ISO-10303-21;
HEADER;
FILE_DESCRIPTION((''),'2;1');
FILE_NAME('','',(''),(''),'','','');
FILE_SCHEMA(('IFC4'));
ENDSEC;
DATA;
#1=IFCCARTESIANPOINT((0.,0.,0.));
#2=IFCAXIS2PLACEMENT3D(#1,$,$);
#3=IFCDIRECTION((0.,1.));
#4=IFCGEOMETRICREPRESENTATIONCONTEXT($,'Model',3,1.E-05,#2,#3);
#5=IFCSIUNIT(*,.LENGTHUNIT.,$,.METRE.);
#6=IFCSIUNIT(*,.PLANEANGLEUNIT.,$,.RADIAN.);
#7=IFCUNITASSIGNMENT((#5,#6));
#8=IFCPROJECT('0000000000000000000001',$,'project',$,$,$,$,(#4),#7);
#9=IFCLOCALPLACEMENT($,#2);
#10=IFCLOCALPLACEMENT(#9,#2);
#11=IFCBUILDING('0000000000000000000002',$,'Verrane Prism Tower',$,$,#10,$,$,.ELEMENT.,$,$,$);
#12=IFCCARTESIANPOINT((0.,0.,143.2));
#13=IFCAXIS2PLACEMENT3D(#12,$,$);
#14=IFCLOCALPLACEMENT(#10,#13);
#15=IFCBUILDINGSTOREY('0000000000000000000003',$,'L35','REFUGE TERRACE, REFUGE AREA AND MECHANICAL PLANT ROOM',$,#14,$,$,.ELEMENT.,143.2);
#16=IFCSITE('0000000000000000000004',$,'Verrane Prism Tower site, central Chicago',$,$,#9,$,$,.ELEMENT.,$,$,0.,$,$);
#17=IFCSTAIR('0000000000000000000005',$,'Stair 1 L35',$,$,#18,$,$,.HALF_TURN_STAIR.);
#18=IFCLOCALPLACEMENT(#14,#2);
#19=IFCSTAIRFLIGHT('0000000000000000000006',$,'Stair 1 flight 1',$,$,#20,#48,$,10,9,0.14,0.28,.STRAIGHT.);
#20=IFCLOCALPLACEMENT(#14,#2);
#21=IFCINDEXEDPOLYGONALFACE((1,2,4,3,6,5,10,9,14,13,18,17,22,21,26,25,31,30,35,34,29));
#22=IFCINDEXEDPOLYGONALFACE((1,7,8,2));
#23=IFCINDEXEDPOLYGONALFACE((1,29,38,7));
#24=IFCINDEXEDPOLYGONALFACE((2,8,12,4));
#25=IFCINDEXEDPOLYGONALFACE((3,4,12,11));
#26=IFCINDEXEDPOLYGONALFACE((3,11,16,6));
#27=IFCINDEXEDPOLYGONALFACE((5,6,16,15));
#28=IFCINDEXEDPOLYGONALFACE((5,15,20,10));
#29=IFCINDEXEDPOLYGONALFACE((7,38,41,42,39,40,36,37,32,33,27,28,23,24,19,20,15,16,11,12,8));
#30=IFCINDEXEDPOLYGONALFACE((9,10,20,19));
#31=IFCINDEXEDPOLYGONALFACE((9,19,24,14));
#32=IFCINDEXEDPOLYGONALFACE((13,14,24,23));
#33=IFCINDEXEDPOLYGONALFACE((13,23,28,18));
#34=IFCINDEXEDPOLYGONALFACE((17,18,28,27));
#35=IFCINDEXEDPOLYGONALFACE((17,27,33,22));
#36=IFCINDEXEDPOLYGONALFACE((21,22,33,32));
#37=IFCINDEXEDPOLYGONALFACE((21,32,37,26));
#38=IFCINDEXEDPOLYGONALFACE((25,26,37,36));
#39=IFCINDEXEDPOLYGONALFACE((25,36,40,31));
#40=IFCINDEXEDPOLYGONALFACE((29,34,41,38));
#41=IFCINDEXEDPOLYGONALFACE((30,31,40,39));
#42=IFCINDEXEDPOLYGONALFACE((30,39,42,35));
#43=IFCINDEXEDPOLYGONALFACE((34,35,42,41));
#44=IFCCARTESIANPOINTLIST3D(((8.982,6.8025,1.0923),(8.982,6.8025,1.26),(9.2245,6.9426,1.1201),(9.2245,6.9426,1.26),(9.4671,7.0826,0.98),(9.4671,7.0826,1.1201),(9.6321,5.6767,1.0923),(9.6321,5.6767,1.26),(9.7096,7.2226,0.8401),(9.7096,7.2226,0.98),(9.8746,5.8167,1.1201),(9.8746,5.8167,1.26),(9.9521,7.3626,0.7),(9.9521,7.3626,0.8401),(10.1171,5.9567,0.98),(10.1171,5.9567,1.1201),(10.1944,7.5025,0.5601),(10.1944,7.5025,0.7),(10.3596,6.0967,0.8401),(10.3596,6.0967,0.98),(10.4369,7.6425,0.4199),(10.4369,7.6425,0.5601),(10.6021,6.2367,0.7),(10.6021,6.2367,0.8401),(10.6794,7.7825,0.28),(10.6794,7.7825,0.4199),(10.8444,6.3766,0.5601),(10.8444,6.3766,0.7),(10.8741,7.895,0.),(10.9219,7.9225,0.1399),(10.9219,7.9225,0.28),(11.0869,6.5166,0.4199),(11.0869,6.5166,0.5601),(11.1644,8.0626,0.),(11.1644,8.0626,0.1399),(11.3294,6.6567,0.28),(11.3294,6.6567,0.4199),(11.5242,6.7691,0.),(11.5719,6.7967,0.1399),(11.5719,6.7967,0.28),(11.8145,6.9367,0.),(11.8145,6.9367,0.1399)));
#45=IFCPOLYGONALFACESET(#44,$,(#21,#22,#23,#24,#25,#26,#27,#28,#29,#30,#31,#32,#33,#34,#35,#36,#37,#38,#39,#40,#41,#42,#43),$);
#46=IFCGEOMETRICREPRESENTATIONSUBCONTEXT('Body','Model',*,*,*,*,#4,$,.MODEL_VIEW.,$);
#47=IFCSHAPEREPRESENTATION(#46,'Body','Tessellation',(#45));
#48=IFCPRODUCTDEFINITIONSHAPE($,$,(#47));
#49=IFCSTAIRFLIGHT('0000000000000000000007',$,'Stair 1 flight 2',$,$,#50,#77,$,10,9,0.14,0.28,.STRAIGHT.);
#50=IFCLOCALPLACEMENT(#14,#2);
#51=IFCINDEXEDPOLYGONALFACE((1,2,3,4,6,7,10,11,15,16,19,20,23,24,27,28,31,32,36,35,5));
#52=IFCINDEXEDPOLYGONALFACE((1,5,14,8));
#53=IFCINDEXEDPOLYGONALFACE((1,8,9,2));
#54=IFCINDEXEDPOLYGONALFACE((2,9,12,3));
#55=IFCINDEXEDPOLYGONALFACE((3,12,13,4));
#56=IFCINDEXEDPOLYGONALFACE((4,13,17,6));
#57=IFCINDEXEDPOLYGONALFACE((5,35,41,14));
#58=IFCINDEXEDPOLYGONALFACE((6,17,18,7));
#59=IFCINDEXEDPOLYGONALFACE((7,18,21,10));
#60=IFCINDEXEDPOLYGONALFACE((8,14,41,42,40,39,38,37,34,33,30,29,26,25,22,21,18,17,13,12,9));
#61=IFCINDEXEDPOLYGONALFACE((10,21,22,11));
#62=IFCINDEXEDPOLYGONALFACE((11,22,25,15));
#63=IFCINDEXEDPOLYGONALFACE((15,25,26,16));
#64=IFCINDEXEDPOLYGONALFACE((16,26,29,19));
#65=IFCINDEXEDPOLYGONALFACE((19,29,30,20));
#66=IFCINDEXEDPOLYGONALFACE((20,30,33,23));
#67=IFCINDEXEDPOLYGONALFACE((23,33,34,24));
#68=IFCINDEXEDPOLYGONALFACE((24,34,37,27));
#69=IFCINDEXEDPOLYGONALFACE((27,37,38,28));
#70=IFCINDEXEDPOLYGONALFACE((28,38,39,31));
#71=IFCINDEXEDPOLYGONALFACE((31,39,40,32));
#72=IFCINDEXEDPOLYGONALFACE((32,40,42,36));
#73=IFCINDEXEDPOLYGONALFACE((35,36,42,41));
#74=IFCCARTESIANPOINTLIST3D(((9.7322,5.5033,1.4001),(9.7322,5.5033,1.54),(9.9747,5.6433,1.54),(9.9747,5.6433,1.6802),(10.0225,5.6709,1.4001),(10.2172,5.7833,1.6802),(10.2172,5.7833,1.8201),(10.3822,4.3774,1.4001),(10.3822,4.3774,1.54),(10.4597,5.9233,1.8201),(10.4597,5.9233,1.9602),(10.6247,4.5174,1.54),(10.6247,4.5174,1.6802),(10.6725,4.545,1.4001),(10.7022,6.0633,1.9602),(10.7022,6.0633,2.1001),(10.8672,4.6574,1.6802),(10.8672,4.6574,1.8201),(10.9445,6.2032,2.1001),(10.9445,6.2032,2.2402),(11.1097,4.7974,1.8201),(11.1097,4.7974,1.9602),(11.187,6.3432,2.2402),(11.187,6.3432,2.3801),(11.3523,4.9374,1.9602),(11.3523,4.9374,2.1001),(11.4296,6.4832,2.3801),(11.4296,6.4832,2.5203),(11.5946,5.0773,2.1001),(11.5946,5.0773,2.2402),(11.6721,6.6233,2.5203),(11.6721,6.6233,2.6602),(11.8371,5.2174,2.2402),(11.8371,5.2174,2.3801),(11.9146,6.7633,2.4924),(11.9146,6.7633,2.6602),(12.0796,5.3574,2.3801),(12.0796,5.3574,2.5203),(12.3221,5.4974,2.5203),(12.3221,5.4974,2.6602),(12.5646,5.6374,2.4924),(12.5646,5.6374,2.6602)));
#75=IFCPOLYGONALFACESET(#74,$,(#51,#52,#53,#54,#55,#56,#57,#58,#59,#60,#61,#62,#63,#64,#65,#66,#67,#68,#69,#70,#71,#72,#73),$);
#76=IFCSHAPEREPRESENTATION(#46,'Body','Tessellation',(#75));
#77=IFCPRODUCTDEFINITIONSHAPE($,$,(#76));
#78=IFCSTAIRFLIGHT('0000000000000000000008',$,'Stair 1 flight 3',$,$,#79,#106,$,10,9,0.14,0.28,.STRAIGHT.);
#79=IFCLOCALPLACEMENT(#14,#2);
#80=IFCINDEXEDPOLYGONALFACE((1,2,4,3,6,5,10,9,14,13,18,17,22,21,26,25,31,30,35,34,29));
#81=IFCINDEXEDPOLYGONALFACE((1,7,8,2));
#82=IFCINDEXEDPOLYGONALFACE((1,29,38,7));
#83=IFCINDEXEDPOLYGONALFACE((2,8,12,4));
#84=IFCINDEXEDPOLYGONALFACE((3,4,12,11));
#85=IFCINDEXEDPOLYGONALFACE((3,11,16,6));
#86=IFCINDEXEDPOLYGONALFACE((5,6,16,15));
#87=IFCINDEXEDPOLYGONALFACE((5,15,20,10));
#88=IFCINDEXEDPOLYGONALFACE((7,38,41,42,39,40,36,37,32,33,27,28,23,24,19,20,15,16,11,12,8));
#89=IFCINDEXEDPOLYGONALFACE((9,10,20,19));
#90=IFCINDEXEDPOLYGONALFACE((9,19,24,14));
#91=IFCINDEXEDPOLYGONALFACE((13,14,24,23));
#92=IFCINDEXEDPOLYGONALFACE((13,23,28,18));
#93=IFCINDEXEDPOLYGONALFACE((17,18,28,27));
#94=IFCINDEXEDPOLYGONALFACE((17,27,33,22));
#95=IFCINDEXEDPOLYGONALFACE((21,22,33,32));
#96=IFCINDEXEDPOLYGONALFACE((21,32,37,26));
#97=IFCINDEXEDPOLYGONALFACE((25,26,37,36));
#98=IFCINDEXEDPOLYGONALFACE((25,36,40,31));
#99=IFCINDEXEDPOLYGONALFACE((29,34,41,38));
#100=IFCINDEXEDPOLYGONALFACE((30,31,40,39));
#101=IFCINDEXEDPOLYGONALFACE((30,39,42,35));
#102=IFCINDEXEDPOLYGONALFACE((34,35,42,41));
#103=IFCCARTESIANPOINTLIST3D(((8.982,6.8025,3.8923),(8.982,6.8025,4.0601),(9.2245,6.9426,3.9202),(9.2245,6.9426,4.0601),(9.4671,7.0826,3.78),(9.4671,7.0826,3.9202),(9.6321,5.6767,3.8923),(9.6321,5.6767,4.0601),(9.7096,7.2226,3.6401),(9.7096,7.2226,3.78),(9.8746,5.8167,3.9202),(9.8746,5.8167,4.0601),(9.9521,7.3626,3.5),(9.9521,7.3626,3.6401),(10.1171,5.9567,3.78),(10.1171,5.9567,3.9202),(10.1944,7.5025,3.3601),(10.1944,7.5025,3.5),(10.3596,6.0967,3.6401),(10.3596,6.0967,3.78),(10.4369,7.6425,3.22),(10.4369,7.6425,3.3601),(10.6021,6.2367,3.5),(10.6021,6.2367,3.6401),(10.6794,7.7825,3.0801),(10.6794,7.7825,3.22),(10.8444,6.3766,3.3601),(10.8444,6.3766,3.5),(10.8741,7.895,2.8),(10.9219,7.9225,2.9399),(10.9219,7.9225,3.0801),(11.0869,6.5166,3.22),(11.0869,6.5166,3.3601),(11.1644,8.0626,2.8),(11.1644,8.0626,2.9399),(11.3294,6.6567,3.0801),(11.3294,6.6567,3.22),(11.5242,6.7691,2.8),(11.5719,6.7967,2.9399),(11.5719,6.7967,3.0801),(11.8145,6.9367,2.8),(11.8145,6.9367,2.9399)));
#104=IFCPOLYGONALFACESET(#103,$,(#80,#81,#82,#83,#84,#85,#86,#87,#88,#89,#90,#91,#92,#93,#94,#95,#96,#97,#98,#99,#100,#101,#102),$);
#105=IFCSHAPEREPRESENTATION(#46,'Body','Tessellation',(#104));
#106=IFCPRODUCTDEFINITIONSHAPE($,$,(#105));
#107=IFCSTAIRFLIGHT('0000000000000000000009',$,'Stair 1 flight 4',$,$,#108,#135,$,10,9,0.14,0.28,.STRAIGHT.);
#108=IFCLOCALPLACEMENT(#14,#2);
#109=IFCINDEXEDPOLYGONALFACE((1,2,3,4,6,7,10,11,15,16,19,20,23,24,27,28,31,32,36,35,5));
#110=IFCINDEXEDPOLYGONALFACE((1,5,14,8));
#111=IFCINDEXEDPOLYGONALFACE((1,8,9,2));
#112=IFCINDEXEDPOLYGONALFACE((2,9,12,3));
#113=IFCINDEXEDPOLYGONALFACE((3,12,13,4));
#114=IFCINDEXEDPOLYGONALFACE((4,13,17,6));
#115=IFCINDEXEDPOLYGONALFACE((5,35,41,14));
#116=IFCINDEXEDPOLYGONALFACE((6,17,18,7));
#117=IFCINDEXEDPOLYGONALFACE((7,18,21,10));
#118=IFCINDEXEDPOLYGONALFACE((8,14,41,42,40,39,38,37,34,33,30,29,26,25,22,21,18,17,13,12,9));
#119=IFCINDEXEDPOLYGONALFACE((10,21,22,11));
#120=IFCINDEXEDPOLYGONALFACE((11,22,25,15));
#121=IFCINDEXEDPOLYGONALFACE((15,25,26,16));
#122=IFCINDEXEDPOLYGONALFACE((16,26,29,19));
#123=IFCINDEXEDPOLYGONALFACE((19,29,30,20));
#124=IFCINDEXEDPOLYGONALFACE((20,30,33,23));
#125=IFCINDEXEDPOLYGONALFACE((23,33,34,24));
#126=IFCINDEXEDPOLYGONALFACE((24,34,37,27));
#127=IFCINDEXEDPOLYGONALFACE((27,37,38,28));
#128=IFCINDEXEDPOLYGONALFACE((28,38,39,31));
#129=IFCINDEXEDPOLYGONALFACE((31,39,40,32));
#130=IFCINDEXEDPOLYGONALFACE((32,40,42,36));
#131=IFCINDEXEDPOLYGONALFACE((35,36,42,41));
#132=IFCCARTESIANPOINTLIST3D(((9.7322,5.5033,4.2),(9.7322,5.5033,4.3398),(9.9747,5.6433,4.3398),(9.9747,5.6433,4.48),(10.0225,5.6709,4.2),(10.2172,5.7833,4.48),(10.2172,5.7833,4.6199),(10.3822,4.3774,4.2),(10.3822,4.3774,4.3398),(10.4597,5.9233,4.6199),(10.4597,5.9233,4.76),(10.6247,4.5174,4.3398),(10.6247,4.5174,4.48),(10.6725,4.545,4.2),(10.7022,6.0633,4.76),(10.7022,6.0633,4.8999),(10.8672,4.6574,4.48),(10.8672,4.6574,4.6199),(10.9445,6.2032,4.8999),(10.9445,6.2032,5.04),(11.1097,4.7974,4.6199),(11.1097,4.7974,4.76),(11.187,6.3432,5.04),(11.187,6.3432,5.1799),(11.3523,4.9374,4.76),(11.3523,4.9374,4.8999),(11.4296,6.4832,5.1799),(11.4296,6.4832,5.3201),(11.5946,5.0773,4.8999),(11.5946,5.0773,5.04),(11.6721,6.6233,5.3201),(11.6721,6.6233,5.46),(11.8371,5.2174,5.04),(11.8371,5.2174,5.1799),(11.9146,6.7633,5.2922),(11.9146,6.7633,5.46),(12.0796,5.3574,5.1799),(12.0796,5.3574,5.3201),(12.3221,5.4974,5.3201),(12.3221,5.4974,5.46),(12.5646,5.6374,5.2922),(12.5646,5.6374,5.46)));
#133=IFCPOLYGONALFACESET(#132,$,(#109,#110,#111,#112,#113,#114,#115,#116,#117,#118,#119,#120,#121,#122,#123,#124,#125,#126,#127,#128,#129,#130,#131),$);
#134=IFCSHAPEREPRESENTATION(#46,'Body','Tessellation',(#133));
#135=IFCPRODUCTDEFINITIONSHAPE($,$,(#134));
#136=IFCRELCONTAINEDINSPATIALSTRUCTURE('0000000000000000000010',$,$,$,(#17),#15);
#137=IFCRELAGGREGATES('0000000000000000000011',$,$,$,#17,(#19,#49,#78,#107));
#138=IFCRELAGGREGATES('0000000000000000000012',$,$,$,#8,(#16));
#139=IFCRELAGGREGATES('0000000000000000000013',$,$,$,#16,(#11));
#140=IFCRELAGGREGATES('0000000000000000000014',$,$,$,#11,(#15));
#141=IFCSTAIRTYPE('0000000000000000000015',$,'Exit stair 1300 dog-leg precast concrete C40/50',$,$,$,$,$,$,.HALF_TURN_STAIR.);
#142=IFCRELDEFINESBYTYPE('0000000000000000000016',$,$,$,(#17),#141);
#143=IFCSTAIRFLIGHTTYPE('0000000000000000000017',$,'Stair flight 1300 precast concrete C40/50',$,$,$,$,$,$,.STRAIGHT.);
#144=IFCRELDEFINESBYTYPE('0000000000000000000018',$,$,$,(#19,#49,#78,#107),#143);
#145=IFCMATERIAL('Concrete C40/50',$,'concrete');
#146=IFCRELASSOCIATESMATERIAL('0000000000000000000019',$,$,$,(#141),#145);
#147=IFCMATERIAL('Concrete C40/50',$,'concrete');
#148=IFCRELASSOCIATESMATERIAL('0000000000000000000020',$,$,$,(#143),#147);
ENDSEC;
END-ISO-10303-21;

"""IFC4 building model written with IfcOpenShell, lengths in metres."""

from ifc_helpers import new_model, si_unit, direction, frame, origin, place, context, subcontext, project, spatial, polyline, outline, extrude, material, type_object, element, aggregate, save


model = new_model("IFC4")

# Units and contexts
model_context = context("Model", 3, precision=1e-05, world=origin(), true_north=direction((0.0, 1.0)))
body_context = subcontext(model_context, "Body", "Model", "MODEL_VIEW")
ifc_project = project(units=[si_unit("LENGTHUNIT", "METRE"), si_unit("PLANEANGLEUNIT", "RADIAN")], contexts=[model_context])

# Site, building, storey
site_placement = place(None, origin())
site = spatial("IfcSite", under=ifc_project, at=site_placement, Name="Verrane Prism Tower site, central Chicago", CompositionType="ELEMENT", RefElevation=0.0)
building_placement = place(site_placement, origin())
building = spatial("IfcBuilding", under=site, at=building_placement, Name="Verrane Prism Tower", CompositionType="ELEMENT")
storey_placement = place(building_placement, frame((0.0, 0.0, 143.2)))
storey = spatial("IfcBuildingStorey", under=building, at=storey_placement, Name="L35", Description="REFUGE TERRACE, REFUGE AREA AND MECHANICAL PLANT ROOM", CompositionType="ELEMENT", Elevation=143.2)

# Stair, stair flights
ifc_material_1 = material(Name="Concrete C40/50", Category="concrete")
stair_type = type_object("IfcStairType", Name="Exit stair 1300 dog-leg precast concrete C40/50", PredefinedType="HALF_TURN_STAIR", material=ifc_material_1)
stair_placement = place(storey_placement, origin())
stair = element("IfcStair", 1, at=stair_placement, inside=storey, type_object=stair_type, Name="Stair 1 L35", PredefinedType="HALF_TURN_STAIR")
ifc_material_2 = material(Name="Concrete C40/50", Category="concrete")
stair_flight_type = type_object("IfcStairFlightType", Name="Stair flight 1300 precast concrete C40/50", PredefinedType="STRAIGHT", material=ifc_material_2)
stair_flight_1_placement = place(storey_placement, frame((11.4895, 7.4995, 0.0), z_axis=(0.0, 0.0, 1.0), x_axis=(-0.866025, -0.5, 0.0)))
stair_flight_1 = element("IfcStairFlight", 2, at=stair_flight_1_placement, type_object=stair_flight_type, Name="Stair 1 flight 1", NumberOfRisers=10, NumberOfTreads=9, PredefinedType="STRAIGHT", RiserHeight=0.14, TreadLength=0.28, context=body_context, shape_type="SweptSolid", body=[
    extrude(outline(polyline([(0.0, 0.0), (0.0, 0.1399), (0.28, 0.1399), (0.28, 0.28), (0.5601, 0.28), (0.5601, 0.4199), (0.8401, 0.4199), (0.8401, 0.5601), (1.1201, 0.5601), (1.1201, 0.7), (1.3999, 0.7), (1.3999, 0.8401), (1.6799, 0.8401), (1.6799, 0.98), (1.96, 0.98), (1.96, 1.1201), (2.24, 1.1201), (2.24, 1.26), (2.52, 1.26), (2.52, 1.3999), (2.52, 1.0923), (0.3352, 0.0), (0.0, 0.0)])), frame((0.0, 0.6499, 0.0), z_axis=(0.0, -1.0, 0.0), x_axis=(1.0, 0.0, 0.0)), (0.0, 0.0, 1.0), 1.3),
])
stair_flight_2_placement = place(storey_placement, frame((10.0571, 4.9404, 1.4001), z_axis=(0.0, 0.0, 1.0), x_axis=(0.866025, 0.5, 0.0)))
stair_flight_2 = element("IfcStairFlight", 3, at=stair_flight_2_placement, type_object=stair_flight_type, Name="Stair 1 flight 2", NumberOfRisers=10, NumberOfTreads=9, PredefinedType="STRAIGHT", RiserHeight=0.14, TreadLength=0.28, context=body_context, shape_type="SweptSolid", body=[
    extrude(outline(polyline([(0.0, 0.0), (0.0, 0.1399), (0.28, 0.1399), (0.28, 0.28), (0.5601, 0.28), (0.5601, 0.4199), (0.8401, 0.4199), (0.8401, 0.5601), (1.1201, 0.5601), (1.1201, 0.7), (1.3999, 0.7), (1.3999, 0.8401), (1.6799, 0.8401), (1.6799, 0.98), (1.96, 0.98), (1.96, 1.1201), (2.24, 1.1201), (2.24, 1.26), (2.52, 1.26), (2.52, 1.3999), (2.52, 1.0923), (0.3352, 0.0), (0.0, 0.0)])), frame((0.0, 0.6499, 0.0), z_axis=(0.0, -1.0, 0.0), x_axis=(1.0, 0.0, 0.0)), (0.0, 0.0, 1.0), 1.3),
])
stair_flight_3_placement = place(storey_placement, frame((11.4895, 7.4995, 2.8), z_axis=(0.0, 0.0, 1.0), x_axis=(-0.866025, -0.5, 0.0)))
stair_flight_3 = element("IfcStairFlight", 4, at=stair_flight_3_placement, type_object=stair_flight_type, Name="Stair 1 flight 3", NumberOfRisers=10, NumberOfTreads=9, PredefinedType="STRAIGHT", RiserHeight=0.14, TreadLength=0.28, context=body_context, shape_type="SweptSolid", body=[
    extrude(outline(polyline([(0.0, 0.0), (0.0, 0.1399), (0.28, 0.1399), (0.28, 0.28), (0.5601, 0.28), (0.5601, 0.4199), (0.8401, 0.4199), (0.8401, 0.5601), (1.1201, 0.5601), (1.1201, 0.7), (1.3999, 0.7), (1.3999, 0.8401), (1.6799, 0.8401), (1.6799, 0.98), (1.96, 0.98), (1.96, 1.1201), (2.24, 1.1201), (2.24, 1.26), (2.52, 1.26), (2.52, 1.3999), (2.52, 1.0923), (0.3352, 0.0), (0.0, 0.0)])), frame((0.0, 0.6499, 0.0), z_axis=(0.0, -1.0, 0.0), x_axis=(1.0, 0.0, 0.0)), (0.0, 0.0, 1.0), 1.3),
])
stair_flight_4_placement = place(storey_placement, frame((10.0571, 4.9404, 4.2), z_axis=(0.0, 0.0, 1.0), x_axis=(0.866025, 0.5, 0.0)))
stair_flight_4 = element("IfcStairFlight", 5, at=stair_flight_4_placement, type_object=stair_flight_type, Name="Stair 1 flight 4", NumberOfRisers=10, NumberOfTreads=9, PredefinedType="STRAIGHT", RiserHeight=0.14, TreadLength=0.28, context=body_context, shape_type="SweptSolid", body=[
    extrude(outline(polyline([(0.0, 0.0), (0.0, 0.1399), (0.28, 0.1399), (0.28, 0.28), (0.5601, 0.28), (0.5601, 0.4199), (0.8401, 0.4199), (0.8401, 0.5601), (1.1201, 0.5601), (1.1201, 0.7), (1.3999, 0.7), (1.3999, 0.8401), (1.6799, 0.8401), (1.6799, 0.98), (1.96, 0.98), (1.96, 1.1201), (2.24, 1.1201), (2.24, 1.26), (2.52, 1.26), (2.52, 1.3999), (2.52, 1.0923), (0.3352, 0.0), (0.0, 0.0)])), frame((0.0, 0.6499, 0.0), z_axis=(0.0, -1.0, 0.0), x_axis=(1.0, 0.0, 0.0)), (0.0, 0.0, 1.0), 1.3),
])
aggregate(stair, [stair_flight_1, stair_flight_2, stair_flight_3, stair_flight_4])

save(model, "model.ifc")
